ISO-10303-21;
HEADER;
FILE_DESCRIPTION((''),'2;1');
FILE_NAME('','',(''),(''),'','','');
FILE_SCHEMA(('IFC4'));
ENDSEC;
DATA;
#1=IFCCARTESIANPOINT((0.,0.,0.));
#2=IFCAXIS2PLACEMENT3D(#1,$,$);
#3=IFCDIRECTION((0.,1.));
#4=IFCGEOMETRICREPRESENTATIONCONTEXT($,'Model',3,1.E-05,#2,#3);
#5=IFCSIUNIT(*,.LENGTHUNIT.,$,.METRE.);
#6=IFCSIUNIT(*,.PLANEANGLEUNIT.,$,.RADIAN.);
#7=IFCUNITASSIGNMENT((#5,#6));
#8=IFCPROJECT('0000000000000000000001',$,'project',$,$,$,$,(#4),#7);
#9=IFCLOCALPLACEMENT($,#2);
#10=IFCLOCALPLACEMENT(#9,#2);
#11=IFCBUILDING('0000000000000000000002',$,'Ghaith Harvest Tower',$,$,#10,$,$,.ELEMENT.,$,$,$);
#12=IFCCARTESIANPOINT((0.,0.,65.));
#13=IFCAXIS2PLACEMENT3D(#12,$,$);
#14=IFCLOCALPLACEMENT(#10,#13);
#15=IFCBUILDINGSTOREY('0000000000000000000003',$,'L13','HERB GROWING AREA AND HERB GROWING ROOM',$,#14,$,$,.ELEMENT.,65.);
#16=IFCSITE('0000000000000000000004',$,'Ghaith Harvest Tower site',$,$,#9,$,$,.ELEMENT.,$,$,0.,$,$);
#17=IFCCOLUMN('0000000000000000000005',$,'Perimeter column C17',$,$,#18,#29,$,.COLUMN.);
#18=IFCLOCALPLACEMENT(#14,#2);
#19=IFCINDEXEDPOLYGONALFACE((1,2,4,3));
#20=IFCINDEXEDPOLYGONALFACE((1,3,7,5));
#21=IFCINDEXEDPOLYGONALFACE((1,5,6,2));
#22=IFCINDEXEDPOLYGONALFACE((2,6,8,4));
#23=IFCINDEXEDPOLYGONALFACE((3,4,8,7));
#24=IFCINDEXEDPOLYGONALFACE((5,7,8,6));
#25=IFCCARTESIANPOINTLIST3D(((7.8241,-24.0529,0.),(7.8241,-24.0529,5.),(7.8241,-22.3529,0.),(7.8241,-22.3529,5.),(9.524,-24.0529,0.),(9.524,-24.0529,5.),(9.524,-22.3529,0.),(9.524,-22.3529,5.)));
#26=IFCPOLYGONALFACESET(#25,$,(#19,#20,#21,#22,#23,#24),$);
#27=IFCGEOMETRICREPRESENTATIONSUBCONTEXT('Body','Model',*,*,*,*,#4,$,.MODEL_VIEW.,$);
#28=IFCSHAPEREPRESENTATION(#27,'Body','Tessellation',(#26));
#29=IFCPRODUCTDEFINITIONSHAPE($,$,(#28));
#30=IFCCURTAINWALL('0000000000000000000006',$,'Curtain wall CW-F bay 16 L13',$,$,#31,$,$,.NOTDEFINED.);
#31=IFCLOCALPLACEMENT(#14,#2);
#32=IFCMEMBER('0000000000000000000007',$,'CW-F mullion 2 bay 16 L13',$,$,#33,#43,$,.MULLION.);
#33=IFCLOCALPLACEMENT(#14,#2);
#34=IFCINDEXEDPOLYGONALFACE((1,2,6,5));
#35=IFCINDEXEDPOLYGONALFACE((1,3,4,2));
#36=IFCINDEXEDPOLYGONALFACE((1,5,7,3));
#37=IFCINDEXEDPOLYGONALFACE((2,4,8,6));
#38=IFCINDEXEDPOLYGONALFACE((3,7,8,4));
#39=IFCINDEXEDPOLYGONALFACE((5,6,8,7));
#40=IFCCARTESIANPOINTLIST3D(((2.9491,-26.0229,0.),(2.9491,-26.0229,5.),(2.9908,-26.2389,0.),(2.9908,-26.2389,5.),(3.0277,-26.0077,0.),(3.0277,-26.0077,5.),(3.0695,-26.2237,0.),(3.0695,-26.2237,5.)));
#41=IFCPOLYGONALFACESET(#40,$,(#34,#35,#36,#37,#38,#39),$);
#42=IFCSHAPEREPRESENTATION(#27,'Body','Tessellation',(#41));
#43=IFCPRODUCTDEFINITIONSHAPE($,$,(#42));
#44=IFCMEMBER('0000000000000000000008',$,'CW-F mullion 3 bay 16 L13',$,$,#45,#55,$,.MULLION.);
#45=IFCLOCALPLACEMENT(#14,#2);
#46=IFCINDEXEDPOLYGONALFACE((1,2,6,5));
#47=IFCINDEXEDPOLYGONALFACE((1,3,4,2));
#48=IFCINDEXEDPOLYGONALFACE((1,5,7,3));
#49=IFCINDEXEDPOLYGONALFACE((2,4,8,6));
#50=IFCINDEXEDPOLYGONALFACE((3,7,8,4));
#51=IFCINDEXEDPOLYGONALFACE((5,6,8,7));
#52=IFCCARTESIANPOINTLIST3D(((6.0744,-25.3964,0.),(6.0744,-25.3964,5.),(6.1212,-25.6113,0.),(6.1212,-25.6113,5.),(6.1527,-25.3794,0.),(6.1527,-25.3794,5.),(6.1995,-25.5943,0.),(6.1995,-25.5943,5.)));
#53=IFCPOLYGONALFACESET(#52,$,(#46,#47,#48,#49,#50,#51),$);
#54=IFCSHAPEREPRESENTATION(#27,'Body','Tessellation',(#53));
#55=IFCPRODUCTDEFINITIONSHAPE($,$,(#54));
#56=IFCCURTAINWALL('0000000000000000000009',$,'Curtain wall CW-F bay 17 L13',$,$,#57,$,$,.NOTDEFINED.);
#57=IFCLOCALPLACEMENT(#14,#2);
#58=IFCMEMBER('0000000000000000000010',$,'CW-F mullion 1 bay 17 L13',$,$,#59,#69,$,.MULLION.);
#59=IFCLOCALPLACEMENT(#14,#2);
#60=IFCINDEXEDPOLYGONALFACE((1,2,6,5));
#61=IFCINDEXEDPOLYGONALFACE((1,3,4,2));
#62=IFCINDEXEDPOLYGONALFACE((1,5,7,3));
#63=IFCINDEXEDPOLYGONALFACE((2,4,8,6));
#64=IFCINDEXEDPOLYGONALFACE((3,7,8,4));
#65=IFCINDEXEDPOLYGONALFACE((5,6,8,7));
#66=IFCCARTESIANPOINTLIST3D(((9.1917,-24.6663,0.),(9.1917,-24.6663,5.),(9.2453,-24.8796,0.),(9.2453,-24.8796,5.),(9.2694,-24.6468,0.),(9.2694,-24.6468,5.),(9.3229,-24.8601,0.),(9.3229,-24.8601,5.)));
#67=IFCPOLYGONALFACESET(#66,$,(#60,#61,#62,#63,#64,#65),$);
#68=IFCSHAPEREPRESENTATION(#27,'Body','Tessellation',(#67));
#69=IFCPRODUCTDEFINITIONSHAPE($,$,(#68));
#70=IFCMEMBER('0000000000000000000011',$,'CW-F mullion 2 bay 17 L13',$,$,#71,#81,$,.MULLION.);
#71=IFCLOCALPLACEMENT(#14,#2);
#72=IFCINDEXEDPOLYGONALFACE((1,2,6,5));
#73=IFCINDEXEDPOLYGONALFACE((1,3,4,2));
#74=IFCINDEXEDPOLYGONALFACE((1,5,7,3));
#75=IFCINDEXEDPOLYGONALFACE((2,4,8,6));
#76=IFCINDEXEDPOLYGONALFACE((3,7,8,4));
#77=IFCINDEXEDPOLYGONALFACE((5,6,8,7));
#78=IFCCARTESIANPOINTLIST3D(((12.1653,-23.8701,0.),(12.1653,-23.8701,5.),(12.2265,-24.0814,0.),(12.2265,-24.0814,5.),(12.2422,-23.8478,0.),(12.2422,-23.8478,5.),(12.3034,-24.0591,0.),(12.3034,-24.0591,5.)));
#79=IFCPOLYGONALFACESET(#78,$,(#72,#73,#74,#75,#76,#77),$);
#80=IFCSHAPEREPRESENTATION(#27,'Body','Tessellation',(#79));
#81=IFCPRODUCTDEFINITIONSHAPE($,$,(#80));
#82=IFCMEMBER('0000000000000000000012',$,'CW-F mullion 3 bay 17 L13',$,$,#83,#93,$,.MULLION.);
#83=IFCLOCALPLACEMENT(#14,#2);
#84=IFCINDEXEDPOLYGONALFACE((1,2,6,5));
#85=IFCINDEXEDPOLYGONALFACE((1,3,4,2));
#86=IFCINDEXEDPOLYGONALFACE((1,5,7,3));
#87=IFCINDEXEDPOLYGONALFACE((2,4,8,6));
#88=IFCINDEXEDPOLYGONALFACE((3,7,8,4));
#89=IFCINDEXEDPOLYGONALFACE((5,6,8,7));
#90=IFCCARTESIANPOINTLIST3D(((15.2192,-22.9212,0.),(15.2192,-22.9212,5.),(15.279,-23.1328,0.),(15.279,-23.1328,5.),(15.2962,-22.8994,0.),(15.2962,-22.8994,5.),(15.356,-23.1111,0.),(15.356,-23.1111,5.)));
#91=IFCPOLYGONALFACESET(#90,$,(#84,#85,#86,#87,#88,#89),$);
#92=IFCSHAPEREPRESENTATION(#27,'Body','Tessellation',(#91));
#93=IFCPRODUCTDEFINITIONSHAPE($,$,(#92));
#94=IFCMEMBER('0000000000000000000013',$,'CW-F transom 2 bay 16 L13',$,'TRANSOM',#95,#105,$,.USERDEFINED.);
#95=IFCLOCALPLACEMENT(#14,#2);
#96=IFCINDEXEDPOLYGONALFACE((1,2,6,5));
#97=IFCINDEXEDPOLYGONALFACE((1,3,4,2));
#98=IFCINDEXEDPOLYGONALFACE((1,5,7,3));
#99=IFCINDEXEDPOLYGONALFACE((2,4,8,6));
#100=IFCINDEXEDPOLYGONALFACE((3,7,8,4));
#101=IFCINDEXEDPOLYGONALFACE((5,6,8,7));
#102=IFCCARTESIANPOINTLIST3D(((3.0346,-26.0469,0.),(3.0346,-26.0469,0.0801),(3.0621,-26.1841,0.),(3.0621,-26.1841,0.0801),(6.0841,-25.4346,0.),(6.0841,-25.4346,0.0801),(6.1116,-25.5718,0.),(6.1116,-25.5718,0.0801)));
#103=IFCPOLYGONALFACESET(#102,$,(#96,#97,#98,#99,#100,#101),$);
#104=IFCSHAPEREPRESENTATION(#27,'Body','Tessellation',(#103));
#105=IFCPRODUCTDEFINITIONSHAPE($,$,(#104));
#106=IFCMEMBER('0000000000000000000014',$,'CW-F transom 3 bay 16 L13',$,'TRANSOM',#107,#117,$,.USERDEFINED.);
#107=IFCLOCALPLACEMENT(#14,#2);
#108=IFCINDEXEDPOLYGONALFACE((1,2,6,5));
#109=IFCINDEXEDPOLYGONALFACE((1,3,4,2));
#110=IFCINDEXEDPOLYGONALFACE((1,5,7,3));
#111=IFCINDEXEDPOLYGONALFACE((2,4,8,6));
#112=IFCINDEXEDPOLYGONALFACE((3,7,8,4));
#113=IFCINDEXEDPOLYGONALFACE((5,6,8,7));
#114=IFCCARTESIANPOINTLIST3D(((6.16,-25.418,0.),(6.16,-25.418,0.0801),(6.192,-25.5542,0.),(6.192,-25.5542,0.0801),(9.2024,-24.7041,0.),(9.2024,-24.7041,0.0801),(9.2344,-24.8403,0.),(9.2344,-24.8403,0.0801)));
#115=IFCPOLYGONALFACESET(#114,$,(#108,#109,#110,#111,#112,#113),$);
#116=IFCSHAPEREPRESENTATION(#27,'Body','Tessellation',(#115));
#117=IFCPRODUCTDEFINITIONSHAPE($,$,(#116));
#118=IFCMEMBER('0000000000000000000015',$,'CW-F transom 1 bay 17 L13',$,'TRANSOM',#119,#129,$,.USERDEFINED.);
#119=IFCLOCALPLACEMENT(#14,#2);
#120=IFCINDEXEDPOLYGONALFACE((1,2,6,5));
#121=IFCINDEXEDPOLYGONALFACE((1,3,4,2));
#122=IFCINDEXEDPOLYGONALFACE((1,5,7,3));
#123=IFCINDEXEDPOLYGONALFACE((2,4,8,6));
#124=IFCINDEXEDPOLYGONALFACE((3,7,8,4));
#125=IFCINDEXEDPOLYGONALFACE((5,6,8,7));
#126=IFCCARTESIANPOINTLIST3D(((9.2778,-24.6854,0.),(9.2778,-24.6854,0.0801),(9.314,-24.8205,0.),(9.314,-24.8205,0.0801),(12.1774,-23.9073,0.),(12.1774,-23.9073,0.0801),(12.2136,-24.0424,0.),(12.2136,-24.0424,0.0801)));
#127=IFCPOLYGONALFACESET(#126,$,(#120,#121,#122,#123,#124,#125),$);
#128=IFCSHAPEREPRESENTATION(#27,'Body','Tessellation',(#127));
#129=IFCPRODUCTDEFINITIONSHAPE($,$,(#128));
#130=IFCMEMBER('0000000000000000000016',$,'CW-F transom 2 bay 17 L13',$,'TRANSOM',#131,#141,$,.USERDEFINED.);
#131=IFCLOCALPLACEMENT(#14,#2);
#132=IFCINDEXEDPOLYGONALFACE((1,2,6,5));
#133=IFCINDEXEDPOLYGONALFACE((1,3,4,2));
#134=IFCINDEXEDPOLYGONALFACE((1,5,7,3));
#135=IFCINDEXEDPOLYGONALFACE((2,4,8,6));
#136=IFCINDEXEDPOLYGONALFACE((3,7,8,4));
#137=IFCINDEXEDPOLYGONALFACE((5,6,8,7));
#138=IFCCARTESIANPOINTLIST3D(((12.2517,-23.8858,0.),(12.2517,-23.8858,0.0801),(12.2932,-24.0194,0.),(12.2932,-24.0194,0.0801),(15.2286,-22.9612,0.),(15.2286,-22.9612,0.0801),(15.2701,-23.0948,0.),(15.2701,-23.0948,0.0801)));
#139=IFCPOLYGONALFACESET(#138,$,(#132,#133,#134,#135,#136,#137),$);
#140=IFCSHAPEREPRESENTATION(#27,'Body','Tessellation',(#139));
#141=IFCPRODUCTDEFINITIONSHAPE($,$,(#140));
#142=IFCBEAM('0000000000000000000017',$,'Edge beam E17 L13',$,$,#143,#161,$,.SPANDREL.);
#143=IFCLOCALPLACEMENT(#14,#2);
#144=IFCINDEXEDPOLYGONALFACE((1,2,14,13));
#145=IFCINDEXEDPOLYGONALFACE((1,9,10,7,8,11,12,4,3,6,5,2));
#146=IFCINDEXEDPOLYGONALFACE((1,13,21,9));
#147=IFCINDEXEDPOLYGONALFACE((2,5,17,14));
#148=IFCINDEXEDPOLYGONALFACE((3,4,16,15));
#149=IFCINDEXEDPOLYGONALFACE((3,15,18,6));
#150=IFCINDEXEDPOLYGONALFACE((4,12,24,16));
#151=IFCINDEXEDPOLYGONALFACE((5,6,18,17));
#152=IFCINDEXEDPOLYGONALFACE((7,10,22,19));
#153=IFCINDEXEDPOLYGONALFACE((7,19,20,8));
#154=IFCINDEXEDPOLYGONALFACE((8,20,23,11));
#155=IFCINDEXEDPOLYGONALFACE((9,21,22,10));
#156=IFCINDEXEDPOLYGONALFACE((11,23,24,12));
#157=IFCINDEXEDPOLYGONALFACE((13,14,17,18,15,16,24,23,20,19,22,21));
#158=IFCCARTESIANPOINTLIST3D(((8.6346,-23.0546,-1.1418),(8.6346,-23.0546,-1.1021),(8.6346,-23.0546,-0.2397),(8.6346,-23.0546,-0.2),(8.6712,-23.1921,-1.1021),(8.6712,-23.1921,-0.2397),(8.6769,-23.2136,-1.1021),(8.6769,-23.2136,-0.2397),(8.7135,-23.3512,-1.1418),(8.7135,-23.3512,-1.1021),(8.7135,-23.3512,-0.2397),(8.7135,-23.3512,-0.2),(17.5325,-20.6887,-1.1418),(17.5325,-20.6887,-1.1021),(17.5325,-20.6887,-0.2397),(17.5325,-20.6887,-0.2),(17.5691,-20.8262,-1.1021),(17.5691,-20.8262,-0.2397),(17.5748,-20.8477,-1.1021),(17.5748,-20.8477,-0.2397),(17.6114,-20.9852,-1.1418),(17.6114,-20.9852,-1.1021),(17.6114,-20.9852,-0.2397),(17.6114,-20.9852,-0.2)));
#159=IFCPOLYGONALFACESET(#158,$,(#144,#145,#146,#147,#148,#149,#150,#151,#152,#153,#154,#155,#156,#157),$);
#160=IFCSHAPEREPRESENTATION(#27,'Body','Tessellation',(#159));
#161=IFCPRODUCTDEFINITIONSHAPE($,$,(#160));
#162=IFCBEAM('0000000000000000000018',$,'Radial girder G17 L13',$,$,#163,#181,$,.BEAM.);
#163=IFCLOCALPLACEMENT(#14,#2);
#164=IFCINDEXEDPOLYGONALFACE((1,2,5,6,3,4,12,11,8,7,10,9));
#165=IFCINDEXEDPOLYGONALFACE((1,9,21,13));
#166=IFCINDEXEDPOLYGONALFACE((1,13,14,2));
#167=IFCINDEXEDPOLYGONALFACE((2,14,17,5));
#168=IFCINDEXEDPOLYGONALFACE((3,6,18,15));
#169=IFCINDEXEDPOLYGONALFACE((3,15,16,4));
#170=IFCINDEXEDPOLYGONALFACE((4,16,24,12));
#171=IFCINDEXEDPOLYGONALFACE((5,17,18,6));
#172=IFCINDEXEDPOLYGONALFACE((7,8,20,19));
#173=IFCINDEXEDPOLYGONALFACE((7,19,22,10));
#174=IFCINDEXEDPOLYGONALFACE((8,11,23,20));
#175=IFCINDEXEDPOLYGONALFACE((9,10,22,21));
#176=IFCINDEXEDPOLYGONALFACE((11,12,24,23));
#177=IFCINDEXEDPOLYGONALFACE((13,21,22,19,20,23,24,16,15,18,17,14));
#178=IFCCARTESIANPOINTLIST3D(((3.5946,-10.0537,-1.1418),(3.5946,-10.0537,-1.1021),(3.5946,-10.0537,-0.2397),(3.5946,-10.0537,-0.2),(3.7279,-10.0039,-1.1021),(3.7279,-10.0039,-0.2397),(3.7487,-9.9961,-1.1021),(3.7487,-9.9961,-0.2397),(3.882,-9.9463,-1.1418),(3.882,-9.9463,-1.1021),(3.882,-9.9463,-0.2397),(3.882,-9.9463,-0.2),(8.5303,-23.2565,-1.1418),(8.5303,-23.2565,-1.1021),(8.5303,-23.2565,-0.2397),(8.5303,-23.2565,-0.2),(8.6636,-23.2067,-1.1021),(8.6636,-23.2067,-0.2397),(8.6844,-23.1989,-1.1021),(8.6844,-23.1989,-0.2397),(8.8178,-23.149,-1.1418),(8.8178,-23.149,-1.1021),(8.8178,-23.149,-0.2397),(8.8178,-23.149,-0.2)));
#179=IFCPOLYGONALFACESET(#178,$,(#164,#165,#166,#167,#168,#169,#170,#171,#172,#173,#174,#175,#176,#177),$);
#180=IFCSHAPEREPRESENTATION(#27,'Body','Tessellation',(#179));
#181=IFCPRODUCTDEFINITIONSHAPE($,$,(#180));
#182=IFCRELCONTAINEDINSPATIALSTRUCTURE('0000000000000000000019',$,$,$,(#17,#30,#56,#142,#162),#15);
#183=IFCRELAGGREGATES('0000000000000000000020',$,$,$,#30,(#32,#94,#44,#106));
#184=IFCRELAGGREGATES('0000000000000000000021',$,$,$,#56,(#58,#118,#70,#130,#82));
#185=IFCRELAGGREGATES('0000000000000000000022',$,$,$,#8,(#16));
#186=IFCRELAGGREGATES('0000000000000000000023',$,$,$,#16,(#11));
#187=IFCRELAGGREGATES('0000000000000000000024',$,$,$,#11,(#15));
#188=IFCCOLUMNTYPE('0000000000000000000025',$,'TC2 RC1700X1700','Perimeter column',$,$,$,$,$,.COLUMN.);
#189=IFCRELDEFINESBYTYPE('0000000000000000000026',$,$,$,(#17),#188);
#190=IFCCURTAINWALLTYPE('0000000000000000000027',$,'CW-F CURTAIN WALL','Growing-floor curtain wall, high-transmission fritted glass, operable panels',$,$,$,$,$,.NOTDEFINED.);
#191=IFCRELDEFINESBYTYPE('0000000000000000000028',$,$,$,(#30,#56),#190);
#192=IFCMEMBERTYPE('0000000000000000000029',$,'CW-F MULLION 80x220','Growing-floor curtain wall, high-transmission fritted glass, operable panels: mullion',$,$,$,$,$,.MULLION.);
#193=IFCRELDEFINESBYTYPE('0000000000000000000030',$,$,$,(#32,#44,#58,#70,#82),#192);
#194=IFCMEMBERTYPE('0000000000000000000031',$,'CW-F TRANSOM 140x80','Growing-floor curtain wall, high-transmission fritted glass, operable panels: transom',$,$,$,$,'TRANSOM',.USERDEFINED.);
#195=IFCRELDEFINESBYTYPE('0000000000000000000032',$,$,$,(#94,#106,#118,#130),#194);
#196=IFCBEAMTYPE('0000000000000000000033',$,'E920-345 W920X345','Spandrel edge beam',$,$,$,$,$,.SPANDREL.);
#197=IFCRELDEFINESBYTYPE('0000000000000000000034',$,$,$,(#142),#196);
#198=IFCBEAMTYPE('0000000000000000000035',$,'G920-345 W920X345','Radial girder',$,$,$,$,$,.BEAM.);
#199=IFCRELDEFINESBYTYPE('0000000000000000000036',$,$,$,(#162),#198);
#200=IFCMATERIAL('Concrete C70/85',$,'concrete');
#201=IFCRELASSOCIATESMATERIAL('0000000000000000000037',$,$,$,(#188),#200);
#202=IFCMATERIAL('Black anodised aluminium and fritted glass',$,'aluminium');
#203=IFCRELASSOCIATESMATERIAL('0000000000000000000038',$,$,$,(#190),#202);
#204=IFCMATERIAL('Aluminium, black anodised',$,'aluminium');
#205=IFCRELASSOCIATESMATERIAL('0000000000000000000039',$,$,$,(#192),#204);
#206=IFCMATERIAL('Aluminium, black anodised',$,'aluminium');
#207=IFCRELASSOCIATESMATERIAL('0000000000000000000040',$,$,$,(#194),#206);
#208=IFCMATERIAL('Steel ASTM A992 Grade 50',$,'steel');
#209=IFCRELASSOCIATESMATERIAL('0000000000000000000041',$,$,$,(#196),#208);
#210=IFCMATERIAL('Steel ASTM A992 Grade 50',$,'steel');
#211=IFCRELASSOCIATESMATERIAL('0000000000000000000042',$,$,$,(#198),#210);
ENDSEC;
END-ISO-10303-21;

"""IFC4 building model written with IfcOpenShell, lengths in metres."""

from ifc_helpers import new_model, si_unit, direction, frame, origin, origin_2d, place, context, subcontext, project, spatial, rectangle, i_section, extrude, material, material_profile, profile_set, type_object, element, aggregate, save


model = new_model("IFC4")

# Units and contexts
model_context = context("Model", 3, precision=1e-05, world=origin(), true_north=direction((0.0, 1.0)))
body_context = subcontext(model_context, "Body", "Model", "MODEL_VIEW")
ifc_project = project(units=[si_unit("LENGTHUNIT", "METRE"), si_unit("PLANEANGLEUNIT", "RADIAN")], contexts=[model_context])

# Site, building, storey
site_placement = place(None, origin())
site = spatial("IfcSite", under=ifc_project, at=site_placement, Name="Ghaith Harvest Tower site", CompositionType="ELEMENT", RefElevation=0.0)
building_placement = place(site_placement, origin())
building = spatial("IfcBuilding", under=site, at=building_placement, Name="Ghaith Harvest Tower", CompositionType="ELEMENT")
storey_placement = place(building_placement, frame((0.0, 0.0, 65.0)))
storey = spatial("IfcBuildingStorey", under=building, at=storey_placement, Name="L13", Description="HERB GROWING AREA AND HERB GROWING ROOM", CompositionType="ELEMENT", Elevation=65.0)

# Column
ifc_material_1 = material(Name="Concrete C70/85", Category="concrete")
ifc_material_profile_1 = material_profile(ifc_material_1, rectangle(XDim=1.7, YDim=1.7, at=origin_2d()), Name="RC1700X1700")
ifc_profile_set_1 = profile_set([ifc_material_profile_1], Name="Concrete C70/85")
column_type = type_object("IfcColumnType", Name="TC2 RC1700X1700", Description="Perimeter column", PredefinedType="COLUMN", material=ifc_profile_set_1)
column_placement = place(storey_placement, frame((8.6741, -23.2029, 0.0), z_axis=(0.0, 0.0, 1.0), x_axis=(1.0, 0.0, 0.0)))
element("IfcColumn", 1, at=column_placement, inside=storey, type_object=column_type, Name="Perimeter column C17", PredefinedType="COLUMN", context=body_context, shape_type="SweptSolid", body=[
    extrude(rectangle(XDim=1.7, YDim=1.7, at=origin_2d()), origin(), (0.0, 0.0, 1.0), 5.0),
])

# Curtain walls, members
ifc_material_2 = material(Name="Black anodised aluminium and fritted glass", Category="aluminium")
curtain_wall_type = type_object("IfcCurtainWallType", Name="CW-F CURTAIN WALL", Description="Growing-floor curtain wall, high-transmission fritted glass, operable panels", PredefinedType="NOTDEFINED", material=ifc_material_2)
curtain_wall_1_placement = place(storey_placement, origin())
curtain_wall_1 = element("IfcCurtainWall", 2, at=curtain_wall_1_placement, inside=storey, type_object=curtain_wall_type, Name="Curtain wall CW-F bay 16 L13", PredefinedType="NOTDEFINED")
ifc_material_3 = material(Name="Aluminium, black anodised", Category="aluminium")
ifc_material_profile_2 = material_profile(ifc_material_3, rectangle(XDim=0.0801, YDim=0.22, at=origin_2d()), Name="CW-F MULLION 80x220")
ifc_profile_set_2 = profile_set([ifc_material_profile_2], Name="Aluminium, black anodised")
member_type_1 = type_object("IfcMemberType", Name="CW-F MULLION 80x220", Description="Growing-floor curtain wall, high-transmission fritted glass, operable panels: mullion", PredefinedType="MULLION", material=ifc_profile_set_2)
member_1_placement = place(storey_placement, frame((3.0093, -26.1233, 0.0), z_axis=(0.0, 0.0, 1.0), x_axis=(0.981818, 0.189822, 0.0)))
member_1 = element("IfcMember", 3, at=member_1_placement, type_object=member_type_1, Name="CW-F mullion 2 bay 16 L13", PredefinedType="MULLION", context=body_context, shape_type="SweptSolid", body=[
    extrude(rectangle(XDim=0.0801, YDim=0.22, at=origin_2d()), origin(), (0.0, 0.0, 1.0), 5.0),
])
member_2_placement = place(storey_placement, frame((6.137, -25.4954, 0.0), z_axis=(0.0, 0.0, 1.0), x_axis=(0.977118, 0.212698, 0.0)))
member_2 = element("IfcMember", 4, at=member_2_placement, type_object=member_type_1, Name="CW-F mullion 3 bay 16 L13", PredefinedType="MULLION", context=body_context, shape_type="SweptSolid", body=[
    extrude(rectangle(XDim=0.0801, YDim=0.22, at=origin_2d()), origin(), (0.0, 0.0, 1.0), 5.0),
])
curtain_wall_2_placement = place(storey_placement, origin())
curtain_wall_2 = element("IfcCurtainWall", 5, at=curtain_wall_2_placement, inside=storey, type_object=curtain_wall_type, Name="Curtain wall CW-F bay 17 L13", PredefinedType="NOTDEFINED")
member_3_placement = place(storey_placement, frame((9.2573, -24.7632, 0.0), z_axis=(0.0, 0.0, 1.0), x_axis=(0.969903, 0.24349, 0.0)))
member_3 = element("IfcMember", 6, at=member_3_placement, type_object=member_type_1, Name="CW-F mullion 1 bay 17 L13", PredefinedType="MULLION", context=body_context, shape_type="SweptSolid", body=[
    extrude(rectangle(XDim=0.0801, YDim=0.22, at=origin_2d()), origin(), (0.0, 0.0, 1.0), 5.0),
])
member_4_placement = place(storey_placement, frame((12.2344, -23.9646, 0.0), z_axis=(0.0, 0.0, 1.0), x_axis=(0.960502, 0.278272, 0.0)))
member_4 = element("IfcMember", 7, at=member_4_placement, type_object=member_type_1, Name="CW-F mullion 2 bay 17 L13", PredefinedType="MULLION", context=body_context, shape_type="SweptSolid", body=[
    extrude(rectangle(XDim=0.0801, YDim=0.22, at=origin_2d()), origin(), (0.0, 0.0, 1.0), 5.0),
])
member_5_placement = place(storey_placement, frame((15.2876, -23.0161, 0.0), z_axis=(0.0, 0.0, 1.0), x_axis=(0.962313, 0.271944, 0.0)))
member_5 = element("IfcMember", 8, at=member_5_placement, type_object=member_type_1, Name="CW-F mullion 3 bay 17 L13", PredefinedType="MULLION", context=body_context, shape_type="SweptSolid", body=[
    extrude(rectangle(XDim=0.0801, YDim=0.22, at=origin_2d()), origin(), (0.0, 0.0, 1.0), 5.0),
])

# Members
ifc_material_4 = material(Name="Aluminium, black anodised", Category="aluminium")
ifc_material_profile_3 = material_profile(ifc_material_4, rectangle(XDim=0.1399, YDim=0.0801, at=origin_2d()), Name="CW-F TRANSOM 140x80")
ifc_profile_set_3 = profile_set([ifc_material_profile_3], Name="Aluminium, black anodised")
member_type_2 = type_object("IfcMemberType", Name="CW-F TRANSOM 140x80", Description="Growing-floor curtain wall, high-transmission fritted glass, operable panels: transom", ElementType="TRANSOM", PredefinedType="USERDEFINED", material=ifc_profile_set_3)
member_6_placement = place(storey_placement, frame((3.0483, -26.1155, 0.04), z_axis=(0.980432, 0.196856, 0.0), x_axis=(-0.196856, 0.980432, 0.0)))
member_6 = element("IfcMember", 9, at=member_6_placement, type_object=member_type_2, Name="CW-F transom 2 bay 16 L13", ObjectType="TRANSOM", PredefinedType="USERDEFINED", context=body_context, shape_type="SweptSolid", body=[
    extrude(rectangle(XDim=0.1399, YDim=0.0801, at=origin_2d()), origin(), (0.0, 0.0, 1.0), 3.1104),
])
member_7_placement = place(storey_placement, frame((6.176, -25.4861, 0.04), z_axis=(0.97356, 0.22843, 0.0), x_axis=(-0.22843, 0.97356, 0.0)))
member_7 = element("IfcMember", 10, at=member_7_placement, type_object=member_type_2, Name="CW-F transom 3 bay 16 L13", ObjectType="TRANSOM", PredefinedType="USERDEFINED", context=body_context, shape_type="SweptSolid", body=[
    extrude(rectangle(XDim=0.1399, YDim=0.0801, at=origin_2d()), origin(), (0.0, 0.0, 1.0), 3.125),
])
member_8_placement = place(storey_placement, frame((9.2959, -24.7529, 0.04), z_axis=(0.965833, 0.259166, 0.0), x_axis=(-0.259166, 0.965833, 0.0)))
member_8 = element("IfcMember", 11, at=member_8_placement, type_object=member_type_2, Name="CW-F transom 1 bay 17 L13", ObjectType="TRANSOM", PredefinedType="USERDEFINED", context=body_context, shape_type="SweptSolid", body=[
    extrude(rectangle(XDim=0.1399, YDim=0.0801, at=origin_2d()), origin(), (0.0, 0.0, 1.0), 3.0022),
])
member_9_placement = place(storey_placement, frame((12.2725, -23.9526, 0.04), z_axis=(0.954998, 0.296611, 0.0), x_axis=(-0.296611, 0.954998, 0.0)))
member_9 = element("IfcMember", 12, at=member_9_placement, type_object=member_type_2, Name="CW-F transom 2 bay 17 L13", ObjectType="TRANSOM", PredefinedType="USERDEFINED", context=body_context, shape_type="SweptSolid", body=[
    extrude(rectangle(XDim=0.1399, YDim=0.0801, at=origin_2d()), origin(), (0.0, 0.0, 1.0), 3.1172),
])

# Beams
ifc_material_5 = material(Name="Steel ASTM A992 Grade 50", Category="steel")
ifc_material_profile_4 = material_profile(ifc_material_5, i_section(OverallWidth=0.3069, OverallDepth=0.9419, WebThickness=0.0222, FlangeThickness=0.0398, at=origin_2d()), Name="W920X345")
ifc_profile_set_4 = profile_set([ifc_material_profile_4], Name="Steel ASTM A992 Grade 50")
beam_type_1 = type_object("IfcBeamType", Name="E920-345 W920X345", Description="Spandrel edge beam", PredefinedType="SPANDREL", material=ifc_profile_set_4)
beam_1_placement = place(storey_placement, frame((8.6741, -23.2029, -0.6709), z_axis=(0.966419, 0.256971, 0.0), x_axis=(-0.256971, 0.966419, 0.0)))
element("IfcBeam", 13, at=beam_1_placement, inside=storey, type_object=beam_type_1, Name="Edge beam E17 L13", PredefinedType="SPANDREL", context=body_context, shape_type="SweptSolid", body=[
    extrude(i_section(OverallWidth=0.3069, OverallDepth=0.9419, WebThickness=0.0222, FlangeThickness=0.0398, at=origin_2d()), origin(), (0.0, 0.0, 1.0), 9.207),
])
ifc_material_6 = material(Name="Steel ASTM A992 Grade 50", Category="steel")
ifc_material_profile_5 = material_profile(ifc_material_6, i_section(OverallWidth=0.3069, OverallDepth=0.9419, WebThickness=0.0222, FlangeThickness=0.0398, at=origin_2d()), Name="W920X345")
ifc_profile_set_5 = profile_set([ifc_material_profile_5], Name="Steel ASTM A992 Grade 50")
beam_type_2 = type_object("IfcBeamType", Name="G920-345 W920X345", Description="Radial girder", PredefinedType="BEAM", material=ifc_profile_set_5)
beam_2_placement = place(storey_placement, frame((3.7383, -10.0, -0.6709), z_axis=(0.350172, -0.936685, 0.0), x_axis=(0.936685, 0.350172, 0.0)))
element("IfcBeam", 14, at=beam_2_placement, inside=storey, type_object=beam_type_2, Name="Radial girder G17 L13", PredefinedType="BEAM", context=body_context, shape_type="SweptSolid", body=[
    extrude(i_section(OverallWidth=0.3069, OverallDepth=0.9419, WebThickness=0.0222, FlangeThickness=0.0398, at=origin_2d()), origin(), (0.0, 0.0, 1.0), 14.0952),
])

aggregate(curtain_wall_1, [member_1, member_6, member_2, member_7])
aggregate(curtain_wall_2, [member_3, member_8, member_4, member_9, member_5])

save(model, "model.ifc")
